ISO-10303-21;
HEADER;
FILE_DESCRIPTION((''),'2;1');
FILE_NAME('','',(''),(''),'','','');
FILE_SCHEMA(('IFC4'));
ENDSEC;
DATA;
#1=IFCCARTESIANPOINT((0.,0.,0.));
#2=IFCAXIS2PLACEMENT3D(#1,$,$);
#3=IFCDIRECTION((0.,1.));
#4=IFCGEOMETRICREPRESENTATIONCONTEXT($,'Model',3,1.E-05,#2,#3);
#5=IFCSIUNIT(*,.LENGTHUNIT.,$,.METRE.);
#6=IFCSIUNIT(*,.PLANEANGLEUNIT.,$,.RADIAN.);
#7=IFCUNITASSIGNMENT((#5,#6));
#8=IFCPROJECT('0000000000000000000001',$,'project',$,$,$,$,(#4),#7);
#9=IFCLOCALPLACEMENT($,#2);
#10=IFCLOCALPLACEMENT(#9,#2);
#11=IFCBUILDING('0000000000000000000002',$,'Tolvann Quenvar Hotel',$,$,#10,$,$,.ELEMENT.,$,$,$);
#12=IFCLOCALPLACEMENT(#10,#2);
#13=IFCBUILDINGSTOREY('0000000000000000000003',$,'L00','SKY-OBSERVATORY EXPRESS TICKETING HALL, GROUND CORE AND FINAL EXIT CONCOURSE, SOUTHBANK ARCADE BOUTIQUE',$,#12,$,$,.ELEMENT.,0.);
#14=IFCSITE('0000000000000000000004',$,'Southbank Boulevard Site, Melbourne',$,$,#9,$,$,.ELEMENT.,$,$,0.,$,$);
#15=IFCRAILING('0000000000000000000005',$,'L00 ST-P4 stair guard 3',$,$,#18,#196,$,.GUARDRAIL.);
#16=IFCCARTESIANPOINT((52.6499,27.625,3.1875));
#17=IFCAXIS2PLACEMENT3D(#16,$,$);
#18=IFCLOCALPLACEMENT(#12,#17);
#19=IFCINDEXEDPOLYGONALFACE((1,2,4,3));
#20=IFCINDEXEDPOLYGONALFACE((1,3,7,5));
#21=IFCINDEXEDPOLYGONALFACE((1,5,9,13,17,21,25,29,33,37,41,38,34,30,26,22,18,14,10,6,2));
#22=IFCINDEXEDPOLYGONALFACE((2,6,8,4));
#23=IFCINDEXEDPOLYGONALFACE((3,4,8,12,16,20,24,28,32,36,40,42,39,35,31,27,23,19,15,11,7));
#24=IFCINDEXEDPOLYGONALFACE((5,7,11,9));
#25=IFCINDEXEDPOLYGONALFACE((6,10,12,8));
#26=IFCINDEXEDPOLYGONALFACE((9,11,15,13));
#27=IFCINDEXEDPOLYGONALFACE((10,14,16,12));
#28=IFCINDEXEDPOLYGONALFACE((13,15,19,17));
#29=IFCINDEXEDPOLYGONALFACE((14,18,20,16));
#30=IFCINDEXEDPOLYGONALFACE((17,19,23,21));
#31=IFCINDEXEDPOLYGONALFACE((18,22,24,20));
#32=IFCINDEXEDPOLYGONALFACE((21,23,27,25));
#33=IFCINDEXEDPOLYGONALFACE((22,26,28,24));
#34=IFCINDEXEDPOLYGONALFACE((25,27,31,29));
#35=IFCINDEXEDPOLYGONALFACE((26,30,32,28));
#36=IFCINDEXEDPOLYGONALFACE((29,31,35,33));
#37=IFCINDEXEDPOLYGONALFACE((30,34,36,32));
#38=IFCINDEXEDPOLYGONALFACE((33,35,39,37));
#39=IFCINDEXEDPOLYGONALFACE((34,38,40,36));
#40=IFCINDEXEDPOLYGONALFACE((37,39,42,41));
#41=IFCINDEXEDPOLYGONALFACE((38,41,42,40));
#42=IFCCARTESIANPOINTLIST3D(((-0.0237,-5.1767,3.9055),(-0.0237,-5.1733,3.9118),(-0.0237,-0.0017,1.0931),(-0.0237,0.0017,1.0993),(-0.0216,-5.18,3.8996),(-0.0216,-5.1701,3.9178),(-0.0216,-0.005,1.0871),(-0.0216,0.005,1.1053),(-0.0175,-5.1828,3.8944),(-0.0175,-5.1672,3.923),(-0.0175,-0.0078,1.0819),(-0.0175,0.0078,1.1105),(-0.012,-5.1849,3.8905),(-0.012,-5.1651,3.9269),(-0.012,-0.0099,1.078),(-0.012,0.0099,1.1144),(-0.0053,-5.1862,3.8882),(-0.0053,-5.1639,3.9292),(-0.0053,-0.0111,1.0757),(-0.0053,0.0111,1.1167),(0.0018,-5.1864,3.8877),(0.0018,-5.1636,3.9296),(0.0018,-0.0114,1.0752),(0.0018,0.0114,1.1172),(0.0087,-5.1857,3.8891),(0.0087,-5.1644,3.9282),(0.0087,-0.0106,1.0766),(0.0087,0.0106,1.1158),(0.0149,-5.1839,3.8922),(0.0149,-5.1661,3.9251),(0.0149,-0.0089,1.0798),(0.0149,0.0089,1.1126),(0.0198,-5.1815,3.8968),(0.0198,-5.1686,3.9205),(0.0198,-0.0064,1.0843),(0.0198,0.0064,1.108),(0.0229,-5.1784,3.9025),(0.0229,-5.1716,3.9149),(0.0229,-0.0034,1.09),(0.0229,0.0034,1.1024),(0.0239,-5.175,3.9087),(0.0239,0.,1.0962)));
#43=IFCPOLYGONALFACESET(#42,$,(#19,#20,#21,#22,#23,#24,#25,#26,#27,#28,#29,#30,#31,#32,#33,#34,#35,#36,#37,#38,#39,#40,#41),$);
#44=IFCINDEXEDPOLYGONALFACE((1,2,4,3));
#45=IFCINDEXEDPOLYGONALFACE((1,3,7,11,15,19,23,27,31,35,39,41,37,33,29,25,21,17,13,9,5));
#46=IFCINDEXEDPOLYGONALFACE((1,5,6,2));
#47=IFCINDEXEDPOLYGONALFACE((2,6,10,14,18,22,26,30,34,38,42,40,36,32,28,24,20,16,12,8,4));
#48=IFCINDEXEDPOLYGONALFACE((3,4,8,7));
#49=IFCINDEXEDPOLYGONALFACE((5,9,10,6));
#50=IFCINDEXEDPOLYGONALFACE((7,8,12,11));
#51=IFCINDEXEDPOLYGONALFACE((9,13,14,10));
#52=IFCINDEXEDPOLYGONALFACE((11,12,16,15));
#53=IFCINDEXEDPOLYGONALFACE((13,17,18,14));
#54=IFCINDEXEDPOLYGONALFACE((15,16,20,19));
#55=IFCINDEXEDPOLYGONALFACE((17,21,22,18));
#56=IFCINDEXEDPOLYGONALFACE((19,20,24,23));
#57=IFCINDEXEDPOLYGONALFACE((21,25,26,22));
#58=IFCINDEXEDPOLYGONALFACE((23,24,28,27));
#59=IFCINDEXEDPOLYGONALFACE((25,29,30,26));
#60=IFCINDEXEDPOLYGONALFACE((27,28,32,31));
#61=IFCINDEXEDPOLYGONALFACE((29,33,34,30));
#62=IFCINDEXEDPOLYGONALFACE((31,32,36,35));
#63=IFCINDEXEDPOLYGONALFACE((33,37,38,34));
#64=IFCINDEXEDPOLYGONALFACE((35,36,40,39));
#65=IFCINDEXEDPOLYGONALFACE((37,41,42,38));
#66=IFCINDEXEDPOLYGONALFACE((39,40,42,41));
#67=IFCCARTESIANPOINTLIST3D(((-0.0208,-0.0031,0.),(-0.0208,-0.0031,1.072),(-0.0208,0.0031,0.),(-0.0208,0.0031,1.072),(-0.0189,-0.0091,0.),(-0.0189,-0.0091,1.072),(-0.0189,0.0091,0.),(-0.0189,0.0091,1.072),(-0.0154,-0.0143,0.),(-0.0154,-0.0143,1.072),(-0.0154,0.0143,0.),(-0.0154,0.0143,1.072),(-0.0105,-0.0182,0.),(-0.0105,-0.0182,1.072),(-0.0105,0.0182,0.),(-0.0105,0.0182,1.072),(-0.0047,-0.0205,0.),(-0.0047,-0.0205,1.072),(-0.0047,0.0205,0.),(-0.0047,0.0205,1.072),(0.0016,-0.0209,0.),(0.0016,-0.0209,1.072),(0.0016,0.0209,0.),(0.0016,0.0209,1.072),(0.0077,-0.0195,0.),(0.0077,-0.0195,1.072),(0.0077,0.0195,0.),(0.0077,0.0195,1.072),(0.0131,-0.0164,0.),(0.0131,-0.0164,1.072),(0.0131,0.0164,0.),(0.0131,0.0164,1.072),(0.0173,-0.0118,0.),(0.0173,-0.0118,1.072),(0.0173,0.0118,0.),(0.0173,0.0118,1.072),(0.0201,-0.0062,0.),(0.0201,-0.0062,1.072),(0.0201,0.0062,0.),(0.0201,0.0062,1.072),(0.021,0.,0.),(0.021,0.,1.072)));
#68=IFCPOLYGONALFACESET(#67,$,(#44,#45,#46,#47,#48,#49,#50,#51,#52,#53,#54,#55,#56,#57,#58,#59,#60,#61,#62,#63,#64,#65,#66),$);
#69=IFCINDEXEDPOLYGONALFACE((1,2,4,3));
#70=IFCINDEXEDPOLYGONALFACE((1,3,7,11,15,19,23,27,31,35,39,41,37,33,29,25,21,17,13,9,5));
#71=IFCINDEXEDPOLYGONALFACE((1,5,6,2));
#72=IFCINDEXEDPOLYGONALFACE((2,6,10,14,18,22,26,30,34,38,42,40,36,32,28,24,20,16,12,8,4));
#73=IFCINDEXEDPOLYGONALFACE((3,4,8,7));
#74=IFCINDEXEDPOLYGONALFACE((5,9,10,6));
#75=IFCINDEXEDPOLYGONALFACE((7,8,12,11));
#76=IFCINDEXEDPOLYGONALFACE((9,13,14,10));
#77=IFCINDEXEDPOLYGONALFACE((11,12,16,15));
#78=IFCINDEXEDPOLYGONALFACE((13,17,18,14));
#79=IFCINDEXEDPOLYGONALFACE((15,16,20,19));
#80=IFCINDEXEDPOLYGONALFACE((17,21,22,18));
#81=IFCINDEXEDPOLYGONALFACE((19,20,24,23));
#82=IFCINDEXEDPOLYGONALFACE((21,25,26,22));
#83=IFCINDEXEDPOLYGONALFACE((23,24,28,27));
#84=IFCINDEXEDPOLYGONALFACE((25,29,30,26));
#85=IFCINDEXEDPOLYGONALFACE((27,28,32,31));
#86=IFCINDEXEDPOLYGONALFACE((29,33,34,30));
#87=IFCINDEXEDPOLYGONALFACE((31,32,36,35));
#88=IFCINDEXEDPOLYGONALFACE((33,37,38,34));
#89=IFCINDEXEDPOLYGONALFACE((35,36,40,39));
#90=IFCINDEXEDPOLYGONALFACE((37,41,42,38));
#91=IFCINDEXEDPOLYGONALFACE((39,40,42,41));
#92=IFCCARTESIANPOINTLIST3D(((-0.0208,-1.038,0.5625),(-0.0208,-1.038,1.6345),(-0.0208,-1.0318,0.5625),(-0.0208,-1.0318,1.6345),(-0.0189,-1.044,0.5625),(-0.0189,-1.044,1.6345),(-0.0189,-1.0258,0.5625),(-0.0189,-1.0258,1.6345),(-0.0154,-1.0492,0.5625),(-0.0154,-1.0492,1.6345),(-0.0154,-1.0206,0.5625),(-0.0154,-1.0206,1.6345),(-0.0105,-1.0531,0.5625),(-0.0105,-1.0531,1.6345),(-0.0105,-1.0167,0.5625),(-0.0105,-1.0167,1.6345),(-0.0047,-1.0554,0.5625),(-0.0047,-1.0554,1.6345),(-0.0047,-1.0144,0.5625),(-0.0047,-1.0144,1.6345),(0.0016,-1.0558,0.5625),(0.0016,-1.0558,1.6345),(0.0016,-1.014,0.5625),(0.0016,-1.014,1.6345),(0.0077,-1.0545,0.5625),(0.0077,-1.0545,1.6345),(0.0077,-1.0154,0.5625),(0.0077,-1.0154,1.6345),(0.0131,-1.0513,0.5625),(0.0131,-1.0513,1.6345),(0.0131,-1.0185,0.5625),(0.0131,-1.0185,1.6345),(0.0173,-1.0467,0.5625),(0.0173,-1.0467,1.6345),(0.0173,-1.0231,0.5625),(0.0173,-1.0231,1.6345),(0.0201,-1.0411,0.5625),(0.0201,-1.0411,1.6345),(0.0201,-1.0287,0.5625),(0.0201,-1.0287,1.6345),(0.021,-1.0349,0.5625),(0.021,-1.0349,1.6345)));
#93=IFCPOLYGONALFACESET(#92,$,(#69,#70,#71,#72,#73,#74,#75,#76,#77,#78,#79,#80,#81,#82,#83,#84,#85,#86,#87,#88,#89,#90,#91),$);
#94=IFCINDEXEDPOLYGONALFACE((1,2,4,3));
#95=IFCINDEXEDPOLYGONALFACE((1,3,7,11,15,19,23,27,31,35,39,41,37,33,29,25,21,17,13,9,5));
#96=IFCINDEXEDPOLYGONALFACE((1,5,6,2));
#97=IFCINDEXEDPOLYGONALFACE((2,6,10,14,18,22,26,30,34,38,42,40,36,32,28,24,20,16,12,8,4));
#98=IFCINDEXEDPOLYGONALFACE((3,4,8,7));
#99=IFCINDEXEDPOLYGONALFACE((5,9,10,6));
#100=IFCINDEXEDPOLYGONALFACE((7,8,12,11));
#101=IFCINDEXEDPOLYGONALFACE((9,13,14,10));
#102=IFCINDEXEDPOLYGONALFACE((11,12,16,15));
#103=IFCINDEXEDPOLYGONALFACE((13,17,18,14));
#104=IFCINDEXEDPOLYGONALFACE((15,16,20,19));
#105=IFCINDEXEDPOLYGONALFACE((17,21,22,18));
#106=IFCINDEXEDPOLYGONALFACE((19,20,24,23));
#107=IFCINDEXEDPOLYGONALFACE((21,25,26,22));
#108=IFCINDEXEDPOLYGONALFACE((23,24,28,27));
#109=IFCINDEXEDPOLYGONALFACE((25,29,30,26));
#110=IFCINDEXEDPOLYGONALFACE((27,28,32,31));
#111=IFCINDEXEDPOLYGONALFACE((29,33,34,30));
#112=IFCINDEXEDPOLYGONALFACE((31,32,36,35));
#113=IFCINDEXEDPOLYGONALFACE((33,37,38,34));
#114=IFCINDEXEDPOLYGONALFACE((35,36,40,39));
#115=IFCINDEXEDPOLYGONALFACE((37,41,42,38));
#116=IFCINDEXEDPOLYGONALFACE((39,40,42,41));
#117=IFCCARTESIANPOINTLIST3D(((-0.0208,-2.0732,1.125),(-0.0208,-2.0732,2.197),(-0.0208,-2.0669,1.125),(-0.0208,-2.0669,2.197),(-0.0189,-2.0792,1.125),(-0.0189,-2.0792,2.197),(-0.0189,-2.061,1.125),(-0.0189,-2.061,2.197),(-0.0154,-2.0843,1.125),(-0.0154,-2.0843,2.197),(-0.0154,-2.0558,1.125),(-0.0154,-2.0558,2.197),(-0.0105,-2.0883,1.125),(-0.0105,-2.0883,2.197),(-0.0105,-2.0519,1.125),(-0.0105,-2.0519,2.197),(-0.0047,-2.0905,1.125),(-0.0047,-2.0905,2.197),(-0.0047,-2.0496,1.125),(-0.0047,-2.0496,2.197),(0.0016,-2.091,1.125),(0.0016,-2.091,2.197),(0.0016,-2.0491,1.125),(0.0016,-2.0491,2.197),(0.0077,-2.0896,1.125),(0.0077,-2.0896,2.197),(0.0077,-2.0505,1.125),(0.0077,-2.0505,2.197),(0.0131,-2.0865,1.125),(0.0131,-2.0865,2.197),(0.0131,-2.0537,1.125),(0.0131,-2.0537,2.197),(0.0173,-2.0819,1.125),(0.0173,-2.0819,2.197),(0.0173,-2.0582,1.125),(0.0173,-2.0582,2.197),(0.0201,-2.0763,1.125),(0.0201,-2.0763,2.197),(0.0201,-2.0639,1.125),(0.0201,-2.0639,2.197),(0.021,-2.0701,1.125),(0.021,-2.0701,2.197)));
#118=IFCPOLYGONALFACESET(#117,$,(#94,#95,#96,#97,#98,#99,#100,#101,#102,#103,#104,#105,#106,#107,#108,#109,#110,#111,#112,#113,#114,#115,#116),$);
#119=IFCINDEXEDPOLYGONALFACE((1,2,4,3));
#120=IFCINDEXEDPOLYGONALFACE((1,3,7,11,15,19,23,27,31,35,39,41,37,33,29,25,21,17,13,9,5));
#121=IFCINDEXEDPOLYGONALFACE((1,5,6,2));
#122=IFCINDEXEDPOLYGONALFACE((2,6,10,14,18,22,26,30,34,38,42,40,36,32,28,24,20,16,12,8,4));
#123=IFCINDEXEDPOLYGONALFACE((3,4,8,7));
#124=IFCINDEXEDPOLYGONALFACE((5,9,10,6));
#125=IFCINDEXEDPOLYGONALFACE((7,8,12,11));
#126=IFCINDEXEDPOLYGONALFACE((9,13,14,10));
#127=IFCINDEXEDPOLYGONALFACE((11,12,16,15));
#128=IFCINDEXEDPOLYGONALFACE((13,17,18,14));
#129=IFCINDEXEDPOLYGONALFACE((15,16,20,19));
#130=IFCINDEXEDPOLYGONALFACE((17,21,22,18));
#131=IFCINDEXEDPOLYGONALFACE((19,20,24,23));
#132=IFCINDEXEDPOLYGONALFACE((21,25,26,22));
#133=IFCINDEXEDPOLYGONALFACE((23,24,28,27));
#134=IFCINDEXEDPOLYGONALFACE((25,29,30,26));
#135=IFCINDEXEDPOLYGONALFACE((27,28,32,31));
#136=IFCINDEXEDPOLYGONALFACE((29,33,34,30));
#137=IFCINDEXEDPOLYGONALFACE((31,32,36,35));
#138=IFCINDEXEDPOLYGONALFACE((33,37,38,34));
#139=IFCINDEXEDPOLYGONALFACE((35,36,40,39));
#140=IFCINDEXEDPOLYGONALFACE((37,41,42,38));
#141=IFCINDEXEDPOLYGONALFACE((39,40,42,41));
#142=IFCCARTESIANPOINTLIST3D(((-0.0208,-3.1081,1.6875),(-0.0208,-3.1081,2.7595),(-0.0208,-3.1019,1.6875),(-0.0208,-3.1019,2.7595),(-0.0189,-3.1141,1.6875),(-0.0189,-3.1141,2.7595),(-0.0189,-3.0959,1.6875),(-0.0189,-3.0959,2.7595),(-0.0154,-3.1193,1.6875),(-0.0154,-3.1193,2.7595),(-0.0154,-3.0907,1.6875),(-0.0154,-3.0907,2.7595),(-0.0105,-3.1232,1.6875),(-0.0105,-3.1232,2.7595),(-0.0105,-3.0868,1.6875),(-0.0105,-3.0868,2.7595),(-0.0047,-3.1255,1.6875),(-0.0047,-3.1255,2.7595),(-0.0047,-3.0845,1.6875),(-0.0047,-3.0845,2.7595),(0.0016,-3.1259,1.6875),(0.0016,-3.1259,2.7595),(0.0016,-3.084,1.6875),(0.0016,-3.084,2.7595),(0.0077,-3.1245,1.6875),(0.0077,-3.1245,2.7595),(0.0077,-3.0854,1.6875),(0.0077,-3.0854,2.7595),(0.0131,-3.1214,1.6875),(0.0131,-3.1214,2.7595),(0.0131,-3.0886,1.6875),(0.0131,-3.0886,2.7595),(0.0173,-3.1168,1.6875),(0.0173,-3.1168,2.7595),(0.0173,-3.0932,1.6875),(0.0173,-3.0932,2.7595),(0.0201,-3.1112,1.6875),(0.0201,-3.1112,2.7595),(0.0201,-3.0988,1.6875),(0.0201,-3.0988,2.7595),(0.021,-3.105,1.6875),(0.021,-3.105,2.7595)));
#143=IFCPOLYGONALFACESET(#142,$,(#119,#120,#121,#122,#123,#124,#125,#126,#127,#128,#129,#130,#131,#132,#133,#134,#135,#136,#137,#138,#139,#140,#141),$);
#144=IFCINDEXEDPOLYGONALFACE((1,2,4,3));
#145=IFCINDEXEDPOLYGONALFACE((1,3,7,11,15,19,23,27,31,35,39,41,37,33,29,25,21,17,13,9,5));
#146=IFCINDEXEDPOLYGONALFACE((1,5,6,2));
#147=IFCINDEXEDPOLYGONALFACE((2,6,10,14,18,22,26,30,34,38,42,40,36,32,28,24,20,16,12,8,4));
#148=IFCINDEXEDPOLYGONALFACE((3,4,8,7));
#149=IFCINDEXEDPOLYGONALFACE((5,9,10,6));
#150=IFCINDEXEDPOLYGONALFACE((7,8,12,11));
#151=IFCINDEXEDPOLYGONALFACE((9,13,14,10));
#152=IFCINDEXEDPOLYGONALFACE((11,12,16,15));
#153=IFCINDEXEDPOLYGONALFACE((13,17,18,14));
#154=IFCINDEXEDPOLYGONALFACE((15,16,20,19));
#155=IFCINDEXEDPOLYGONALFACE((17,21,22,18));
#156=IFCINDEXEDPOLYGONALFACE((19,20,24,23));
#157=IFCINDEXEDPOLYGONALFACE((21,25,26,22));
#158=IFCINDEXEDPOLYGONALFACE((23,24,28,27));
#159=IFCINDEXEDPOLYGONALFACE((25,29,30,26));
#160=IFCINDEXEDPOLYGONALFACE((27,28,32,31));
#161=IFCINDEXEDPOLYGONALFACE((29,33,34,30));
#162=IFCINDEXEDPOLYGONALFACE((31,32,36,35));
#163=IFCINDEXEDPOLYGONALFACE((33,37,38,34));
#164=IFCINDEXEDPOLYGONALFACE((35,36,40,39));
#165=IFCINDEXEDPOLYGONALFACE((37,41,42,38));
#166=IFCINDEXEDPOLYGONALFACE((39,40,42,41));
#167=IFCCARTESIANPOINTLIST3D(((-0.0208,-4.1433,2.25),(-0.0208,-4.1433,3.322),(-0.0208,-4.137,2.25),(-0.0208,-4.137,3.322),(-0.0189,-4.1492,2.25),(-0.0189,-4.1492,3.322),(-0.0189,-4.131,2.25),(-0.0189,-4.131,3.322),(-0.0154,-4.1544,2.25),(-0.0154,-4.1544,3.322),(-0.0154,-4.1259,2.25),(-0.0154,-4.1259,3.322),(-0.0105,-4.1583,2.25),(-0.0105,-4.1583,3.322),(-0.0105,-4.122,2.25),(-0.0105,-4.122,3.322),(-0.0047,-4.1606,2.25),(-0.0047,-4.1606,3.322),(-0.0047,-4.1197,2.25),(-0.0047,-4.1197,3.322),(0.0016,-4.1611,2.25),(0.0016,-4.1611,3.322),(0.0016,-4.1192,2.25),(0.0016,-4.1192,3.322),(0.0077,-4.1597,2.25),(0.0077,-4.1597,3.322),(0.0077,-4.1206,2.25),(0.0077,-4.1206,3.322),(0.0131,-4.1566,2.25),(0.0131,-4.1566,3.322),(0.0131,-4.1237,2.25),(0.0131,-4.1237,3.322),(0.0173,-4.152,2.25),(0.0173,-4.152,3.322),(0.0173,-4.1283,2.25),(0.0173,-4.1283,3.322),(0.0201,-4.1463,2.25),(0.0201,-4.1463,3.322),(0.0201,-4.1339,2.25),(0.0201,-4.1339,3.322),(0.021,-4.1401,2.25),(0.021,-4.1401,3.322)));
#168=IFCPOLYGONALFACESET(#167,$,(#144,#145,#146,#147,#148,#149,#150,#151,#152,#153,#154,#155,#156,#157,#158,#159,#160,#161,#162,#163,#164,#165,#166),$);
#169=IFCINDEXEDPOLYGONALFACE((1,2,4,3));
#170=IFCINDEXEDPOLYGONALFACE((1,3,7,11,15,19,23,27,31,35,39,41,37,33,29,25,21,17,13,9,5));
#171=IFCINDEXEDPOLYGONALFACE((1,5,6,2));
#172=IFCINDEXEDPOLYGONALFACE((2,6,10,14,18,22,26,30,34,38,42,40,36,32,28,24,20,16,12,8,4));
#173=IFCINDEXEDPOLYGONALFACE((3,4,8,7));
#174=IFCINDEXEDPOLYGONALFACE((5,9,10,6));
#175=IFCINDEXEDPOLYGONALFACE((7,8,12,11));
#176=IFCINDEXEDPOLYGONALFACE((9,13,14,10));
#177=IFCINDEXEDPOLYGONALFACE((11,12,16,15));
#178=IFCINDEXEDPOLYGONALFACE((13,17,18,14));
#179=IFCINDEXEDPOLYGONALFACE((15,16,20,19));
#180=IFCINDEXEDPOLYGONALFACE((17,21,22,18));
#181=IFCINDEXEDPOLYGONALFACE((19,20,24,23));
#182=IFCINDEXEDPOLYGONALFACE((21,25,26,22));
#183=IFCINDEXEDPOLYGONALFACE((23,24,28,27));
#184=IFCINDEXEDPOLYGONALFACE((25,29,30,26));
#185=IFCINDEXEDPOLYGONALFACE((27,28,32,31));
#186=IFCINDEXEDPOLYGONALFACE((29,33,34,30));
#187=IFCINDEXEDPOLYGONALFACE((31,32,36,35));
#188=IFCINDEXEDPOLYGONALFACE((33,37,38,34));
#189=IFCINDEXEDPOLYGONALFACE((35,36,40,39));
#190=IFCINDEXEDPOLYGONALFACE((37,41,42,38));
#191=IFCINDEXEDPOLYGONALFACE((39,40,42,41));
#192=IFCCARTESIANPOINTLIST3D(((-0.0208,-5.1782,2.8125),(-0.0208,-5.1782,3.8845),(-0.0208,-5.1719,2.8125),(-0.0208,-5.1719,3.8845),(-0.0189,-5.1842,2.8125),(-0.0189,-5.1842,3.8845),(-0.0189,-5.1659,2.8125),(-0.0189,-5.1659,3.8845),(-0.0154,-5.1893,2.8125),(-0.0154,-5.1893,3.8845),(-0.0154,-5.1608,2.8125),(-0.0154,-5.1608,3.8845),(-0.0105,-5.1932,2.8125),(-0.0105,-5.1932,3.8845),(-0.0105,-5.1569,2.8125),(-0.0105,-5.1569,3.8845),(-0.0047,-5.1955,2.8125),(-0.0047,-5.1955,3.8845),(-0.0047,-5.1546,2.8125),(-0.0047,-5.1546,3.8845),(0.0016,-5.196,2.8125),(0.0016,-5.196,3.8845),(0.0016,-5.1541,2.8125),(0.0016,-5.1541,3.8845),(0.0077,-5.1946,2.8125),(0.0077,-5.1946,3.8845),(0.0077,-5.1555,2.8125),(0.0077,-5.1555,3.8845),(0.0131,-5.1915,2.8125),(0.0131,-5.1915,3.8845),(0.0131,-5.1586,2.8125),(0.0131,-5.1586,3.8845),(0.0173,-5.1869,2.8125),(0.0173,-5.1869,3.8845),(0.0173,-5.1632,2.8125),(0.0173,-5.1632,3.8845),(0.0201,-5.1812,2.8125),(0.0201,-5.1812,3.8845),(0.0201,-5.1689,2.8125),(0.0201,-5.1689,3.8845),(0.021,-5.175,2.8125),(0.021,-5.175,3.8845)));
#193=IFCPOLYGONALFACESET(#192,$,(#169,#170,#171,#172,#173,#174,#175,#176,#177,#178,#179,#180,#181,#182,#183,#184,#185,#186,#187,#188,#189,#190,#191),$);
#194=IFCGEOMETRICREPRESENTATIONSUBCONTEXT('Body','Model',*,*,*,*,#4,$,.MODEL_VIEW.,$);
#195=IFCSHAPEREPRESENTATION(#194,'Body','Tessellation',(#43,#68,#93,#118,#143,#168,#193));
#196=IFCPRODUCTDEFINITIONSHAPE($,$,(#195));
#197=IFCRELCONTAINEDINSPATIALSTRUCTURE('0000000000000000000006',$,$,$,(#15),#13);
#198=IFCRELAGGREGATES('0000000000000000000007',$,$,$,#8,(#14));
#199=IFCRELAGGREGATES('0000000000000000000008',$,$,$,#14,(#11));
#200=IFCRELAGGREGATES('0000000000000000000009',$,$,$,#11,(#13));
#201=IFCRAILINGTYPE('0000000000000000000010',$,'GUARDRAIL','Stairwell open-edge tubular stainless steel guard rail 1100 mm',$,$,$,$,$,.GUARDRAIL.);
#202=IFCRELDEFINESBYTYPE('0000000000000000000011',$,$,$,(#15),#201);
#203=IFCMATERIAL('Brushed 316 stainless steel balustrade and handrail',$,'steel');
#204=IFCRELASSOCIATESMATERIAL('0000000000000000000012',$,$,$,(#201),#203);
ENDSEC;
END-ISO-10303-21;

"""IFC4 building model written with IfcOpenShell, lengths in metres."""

from ifc_helpers import new_model, si_unit, direction, frame, origin, origin_2d, place, context, subcontext, project, spatial, circle, extrude, material, type_object, element, save


model = new_model("IFC4")

# Units and contexts
model_context = context("Model", 3, precision=1e-05, world=origin(), true_north=direction((0.0, 1.0)))
body_context = subcontext(model_context, "Body", "Model", "MODEL_VIEW")
ifc_project = project(units=[si_unit("LENGTHUNIT", "METRE"), si_unit("PLANEANGLEUNIT", "RADIAN")], contexts=[model_context])

# Site, building, storey
site_placement = place(None, origin())
site = spatial("IfcSite", under=ifc_project, at=site_placement, Name="Southbank Boulevard Site, Melbourne", CompositionType="ELEMENT", RefElevation=0.0)
building_placement = place(site_placement, origin())
building = spatial("IfcBuilding", under=site, at=building_placement, Name="Tolvann Quenvar Hotel", CompositionType="ELEMENT")
storey_placement = place(building_placement, origin())
storey = spatial("IfcBuildingStorey", under=building, at=storey_placement, Name="L00", Description="SKY-OBSERVATORY EXPRESS TICKETING HALL, GROUND CORE AND FINAL EXIT CONCOURSE, SOUTHBANK ARCADE BOUTIQUE", CompositionType="ELEMENT", Elevation=0.0)

# Railing
ifc_material_1 = material(Name="Brushed 316 stainless steel balustrade and handrail", Category="steel")
railing_type_1 = type_object("IfcRailingType", Name="GUARDRAIL", Description="Stairwell open-edge tubular stainless steel guard rail 1100 mm", PredefinedType="GUARDRAIL", material=ifc_material_1)
railing_1_placement = place(storey_placement, frame((52.6499, 27.625, 3.1875)))
element("IfcRailing", 1, at=railing_1_placement, inside=storey, type_object=railing_type_1, Name="L00 ST-P4 stair guard 3", PredefinedType="GUARDRAIL", context=body_context, shape_type="SweptSolid", body=[
    extrude(circle(Radius=0.0239, at=origin_2d()), frame((0.0, 0.0, 1.0962), z_axis=(0.0, -0.878626, 0.47751), x_axis=(1.0, 0.0, 0.0)), (0.0, 0.0, 1.0), 5.8899),
    extrude(circle(Radius=0.021, at=origin_2d()), origin(), (0.0, 0.0, 1.0), 1.072),
    extrude(circle(Radius=0.021, at=origin_2d()), frame((0.0, -1.0349, 0.5625)), (0.0, 0.0, 1.0), 1.072),
    extrude(circle(Radius=0.021, at=origin_2d()), frame((0.0, -2.0701, 1.125)), (0.0, 0.0, 1.0), 1.072),
    extrude(circle(Radius=0.021, at=origin_2d()), frame((0.0, -3.105, 1.6875)), (0.0, 0.0, 1.0), 1.072),
    extrude(circle(Radius=0.021, at=origin_2d()), frame((0.0, -4.1401, 2.25)), (0.0, 0.0, 1.0), 1.072),
    extrude(circle(Radius=0.021, at=origin_2d()), frame((0.0, -5.175, 2.8125)), (0.0, 0.0, 1.0), 1.072),
])

save(model, "model.ifc")
